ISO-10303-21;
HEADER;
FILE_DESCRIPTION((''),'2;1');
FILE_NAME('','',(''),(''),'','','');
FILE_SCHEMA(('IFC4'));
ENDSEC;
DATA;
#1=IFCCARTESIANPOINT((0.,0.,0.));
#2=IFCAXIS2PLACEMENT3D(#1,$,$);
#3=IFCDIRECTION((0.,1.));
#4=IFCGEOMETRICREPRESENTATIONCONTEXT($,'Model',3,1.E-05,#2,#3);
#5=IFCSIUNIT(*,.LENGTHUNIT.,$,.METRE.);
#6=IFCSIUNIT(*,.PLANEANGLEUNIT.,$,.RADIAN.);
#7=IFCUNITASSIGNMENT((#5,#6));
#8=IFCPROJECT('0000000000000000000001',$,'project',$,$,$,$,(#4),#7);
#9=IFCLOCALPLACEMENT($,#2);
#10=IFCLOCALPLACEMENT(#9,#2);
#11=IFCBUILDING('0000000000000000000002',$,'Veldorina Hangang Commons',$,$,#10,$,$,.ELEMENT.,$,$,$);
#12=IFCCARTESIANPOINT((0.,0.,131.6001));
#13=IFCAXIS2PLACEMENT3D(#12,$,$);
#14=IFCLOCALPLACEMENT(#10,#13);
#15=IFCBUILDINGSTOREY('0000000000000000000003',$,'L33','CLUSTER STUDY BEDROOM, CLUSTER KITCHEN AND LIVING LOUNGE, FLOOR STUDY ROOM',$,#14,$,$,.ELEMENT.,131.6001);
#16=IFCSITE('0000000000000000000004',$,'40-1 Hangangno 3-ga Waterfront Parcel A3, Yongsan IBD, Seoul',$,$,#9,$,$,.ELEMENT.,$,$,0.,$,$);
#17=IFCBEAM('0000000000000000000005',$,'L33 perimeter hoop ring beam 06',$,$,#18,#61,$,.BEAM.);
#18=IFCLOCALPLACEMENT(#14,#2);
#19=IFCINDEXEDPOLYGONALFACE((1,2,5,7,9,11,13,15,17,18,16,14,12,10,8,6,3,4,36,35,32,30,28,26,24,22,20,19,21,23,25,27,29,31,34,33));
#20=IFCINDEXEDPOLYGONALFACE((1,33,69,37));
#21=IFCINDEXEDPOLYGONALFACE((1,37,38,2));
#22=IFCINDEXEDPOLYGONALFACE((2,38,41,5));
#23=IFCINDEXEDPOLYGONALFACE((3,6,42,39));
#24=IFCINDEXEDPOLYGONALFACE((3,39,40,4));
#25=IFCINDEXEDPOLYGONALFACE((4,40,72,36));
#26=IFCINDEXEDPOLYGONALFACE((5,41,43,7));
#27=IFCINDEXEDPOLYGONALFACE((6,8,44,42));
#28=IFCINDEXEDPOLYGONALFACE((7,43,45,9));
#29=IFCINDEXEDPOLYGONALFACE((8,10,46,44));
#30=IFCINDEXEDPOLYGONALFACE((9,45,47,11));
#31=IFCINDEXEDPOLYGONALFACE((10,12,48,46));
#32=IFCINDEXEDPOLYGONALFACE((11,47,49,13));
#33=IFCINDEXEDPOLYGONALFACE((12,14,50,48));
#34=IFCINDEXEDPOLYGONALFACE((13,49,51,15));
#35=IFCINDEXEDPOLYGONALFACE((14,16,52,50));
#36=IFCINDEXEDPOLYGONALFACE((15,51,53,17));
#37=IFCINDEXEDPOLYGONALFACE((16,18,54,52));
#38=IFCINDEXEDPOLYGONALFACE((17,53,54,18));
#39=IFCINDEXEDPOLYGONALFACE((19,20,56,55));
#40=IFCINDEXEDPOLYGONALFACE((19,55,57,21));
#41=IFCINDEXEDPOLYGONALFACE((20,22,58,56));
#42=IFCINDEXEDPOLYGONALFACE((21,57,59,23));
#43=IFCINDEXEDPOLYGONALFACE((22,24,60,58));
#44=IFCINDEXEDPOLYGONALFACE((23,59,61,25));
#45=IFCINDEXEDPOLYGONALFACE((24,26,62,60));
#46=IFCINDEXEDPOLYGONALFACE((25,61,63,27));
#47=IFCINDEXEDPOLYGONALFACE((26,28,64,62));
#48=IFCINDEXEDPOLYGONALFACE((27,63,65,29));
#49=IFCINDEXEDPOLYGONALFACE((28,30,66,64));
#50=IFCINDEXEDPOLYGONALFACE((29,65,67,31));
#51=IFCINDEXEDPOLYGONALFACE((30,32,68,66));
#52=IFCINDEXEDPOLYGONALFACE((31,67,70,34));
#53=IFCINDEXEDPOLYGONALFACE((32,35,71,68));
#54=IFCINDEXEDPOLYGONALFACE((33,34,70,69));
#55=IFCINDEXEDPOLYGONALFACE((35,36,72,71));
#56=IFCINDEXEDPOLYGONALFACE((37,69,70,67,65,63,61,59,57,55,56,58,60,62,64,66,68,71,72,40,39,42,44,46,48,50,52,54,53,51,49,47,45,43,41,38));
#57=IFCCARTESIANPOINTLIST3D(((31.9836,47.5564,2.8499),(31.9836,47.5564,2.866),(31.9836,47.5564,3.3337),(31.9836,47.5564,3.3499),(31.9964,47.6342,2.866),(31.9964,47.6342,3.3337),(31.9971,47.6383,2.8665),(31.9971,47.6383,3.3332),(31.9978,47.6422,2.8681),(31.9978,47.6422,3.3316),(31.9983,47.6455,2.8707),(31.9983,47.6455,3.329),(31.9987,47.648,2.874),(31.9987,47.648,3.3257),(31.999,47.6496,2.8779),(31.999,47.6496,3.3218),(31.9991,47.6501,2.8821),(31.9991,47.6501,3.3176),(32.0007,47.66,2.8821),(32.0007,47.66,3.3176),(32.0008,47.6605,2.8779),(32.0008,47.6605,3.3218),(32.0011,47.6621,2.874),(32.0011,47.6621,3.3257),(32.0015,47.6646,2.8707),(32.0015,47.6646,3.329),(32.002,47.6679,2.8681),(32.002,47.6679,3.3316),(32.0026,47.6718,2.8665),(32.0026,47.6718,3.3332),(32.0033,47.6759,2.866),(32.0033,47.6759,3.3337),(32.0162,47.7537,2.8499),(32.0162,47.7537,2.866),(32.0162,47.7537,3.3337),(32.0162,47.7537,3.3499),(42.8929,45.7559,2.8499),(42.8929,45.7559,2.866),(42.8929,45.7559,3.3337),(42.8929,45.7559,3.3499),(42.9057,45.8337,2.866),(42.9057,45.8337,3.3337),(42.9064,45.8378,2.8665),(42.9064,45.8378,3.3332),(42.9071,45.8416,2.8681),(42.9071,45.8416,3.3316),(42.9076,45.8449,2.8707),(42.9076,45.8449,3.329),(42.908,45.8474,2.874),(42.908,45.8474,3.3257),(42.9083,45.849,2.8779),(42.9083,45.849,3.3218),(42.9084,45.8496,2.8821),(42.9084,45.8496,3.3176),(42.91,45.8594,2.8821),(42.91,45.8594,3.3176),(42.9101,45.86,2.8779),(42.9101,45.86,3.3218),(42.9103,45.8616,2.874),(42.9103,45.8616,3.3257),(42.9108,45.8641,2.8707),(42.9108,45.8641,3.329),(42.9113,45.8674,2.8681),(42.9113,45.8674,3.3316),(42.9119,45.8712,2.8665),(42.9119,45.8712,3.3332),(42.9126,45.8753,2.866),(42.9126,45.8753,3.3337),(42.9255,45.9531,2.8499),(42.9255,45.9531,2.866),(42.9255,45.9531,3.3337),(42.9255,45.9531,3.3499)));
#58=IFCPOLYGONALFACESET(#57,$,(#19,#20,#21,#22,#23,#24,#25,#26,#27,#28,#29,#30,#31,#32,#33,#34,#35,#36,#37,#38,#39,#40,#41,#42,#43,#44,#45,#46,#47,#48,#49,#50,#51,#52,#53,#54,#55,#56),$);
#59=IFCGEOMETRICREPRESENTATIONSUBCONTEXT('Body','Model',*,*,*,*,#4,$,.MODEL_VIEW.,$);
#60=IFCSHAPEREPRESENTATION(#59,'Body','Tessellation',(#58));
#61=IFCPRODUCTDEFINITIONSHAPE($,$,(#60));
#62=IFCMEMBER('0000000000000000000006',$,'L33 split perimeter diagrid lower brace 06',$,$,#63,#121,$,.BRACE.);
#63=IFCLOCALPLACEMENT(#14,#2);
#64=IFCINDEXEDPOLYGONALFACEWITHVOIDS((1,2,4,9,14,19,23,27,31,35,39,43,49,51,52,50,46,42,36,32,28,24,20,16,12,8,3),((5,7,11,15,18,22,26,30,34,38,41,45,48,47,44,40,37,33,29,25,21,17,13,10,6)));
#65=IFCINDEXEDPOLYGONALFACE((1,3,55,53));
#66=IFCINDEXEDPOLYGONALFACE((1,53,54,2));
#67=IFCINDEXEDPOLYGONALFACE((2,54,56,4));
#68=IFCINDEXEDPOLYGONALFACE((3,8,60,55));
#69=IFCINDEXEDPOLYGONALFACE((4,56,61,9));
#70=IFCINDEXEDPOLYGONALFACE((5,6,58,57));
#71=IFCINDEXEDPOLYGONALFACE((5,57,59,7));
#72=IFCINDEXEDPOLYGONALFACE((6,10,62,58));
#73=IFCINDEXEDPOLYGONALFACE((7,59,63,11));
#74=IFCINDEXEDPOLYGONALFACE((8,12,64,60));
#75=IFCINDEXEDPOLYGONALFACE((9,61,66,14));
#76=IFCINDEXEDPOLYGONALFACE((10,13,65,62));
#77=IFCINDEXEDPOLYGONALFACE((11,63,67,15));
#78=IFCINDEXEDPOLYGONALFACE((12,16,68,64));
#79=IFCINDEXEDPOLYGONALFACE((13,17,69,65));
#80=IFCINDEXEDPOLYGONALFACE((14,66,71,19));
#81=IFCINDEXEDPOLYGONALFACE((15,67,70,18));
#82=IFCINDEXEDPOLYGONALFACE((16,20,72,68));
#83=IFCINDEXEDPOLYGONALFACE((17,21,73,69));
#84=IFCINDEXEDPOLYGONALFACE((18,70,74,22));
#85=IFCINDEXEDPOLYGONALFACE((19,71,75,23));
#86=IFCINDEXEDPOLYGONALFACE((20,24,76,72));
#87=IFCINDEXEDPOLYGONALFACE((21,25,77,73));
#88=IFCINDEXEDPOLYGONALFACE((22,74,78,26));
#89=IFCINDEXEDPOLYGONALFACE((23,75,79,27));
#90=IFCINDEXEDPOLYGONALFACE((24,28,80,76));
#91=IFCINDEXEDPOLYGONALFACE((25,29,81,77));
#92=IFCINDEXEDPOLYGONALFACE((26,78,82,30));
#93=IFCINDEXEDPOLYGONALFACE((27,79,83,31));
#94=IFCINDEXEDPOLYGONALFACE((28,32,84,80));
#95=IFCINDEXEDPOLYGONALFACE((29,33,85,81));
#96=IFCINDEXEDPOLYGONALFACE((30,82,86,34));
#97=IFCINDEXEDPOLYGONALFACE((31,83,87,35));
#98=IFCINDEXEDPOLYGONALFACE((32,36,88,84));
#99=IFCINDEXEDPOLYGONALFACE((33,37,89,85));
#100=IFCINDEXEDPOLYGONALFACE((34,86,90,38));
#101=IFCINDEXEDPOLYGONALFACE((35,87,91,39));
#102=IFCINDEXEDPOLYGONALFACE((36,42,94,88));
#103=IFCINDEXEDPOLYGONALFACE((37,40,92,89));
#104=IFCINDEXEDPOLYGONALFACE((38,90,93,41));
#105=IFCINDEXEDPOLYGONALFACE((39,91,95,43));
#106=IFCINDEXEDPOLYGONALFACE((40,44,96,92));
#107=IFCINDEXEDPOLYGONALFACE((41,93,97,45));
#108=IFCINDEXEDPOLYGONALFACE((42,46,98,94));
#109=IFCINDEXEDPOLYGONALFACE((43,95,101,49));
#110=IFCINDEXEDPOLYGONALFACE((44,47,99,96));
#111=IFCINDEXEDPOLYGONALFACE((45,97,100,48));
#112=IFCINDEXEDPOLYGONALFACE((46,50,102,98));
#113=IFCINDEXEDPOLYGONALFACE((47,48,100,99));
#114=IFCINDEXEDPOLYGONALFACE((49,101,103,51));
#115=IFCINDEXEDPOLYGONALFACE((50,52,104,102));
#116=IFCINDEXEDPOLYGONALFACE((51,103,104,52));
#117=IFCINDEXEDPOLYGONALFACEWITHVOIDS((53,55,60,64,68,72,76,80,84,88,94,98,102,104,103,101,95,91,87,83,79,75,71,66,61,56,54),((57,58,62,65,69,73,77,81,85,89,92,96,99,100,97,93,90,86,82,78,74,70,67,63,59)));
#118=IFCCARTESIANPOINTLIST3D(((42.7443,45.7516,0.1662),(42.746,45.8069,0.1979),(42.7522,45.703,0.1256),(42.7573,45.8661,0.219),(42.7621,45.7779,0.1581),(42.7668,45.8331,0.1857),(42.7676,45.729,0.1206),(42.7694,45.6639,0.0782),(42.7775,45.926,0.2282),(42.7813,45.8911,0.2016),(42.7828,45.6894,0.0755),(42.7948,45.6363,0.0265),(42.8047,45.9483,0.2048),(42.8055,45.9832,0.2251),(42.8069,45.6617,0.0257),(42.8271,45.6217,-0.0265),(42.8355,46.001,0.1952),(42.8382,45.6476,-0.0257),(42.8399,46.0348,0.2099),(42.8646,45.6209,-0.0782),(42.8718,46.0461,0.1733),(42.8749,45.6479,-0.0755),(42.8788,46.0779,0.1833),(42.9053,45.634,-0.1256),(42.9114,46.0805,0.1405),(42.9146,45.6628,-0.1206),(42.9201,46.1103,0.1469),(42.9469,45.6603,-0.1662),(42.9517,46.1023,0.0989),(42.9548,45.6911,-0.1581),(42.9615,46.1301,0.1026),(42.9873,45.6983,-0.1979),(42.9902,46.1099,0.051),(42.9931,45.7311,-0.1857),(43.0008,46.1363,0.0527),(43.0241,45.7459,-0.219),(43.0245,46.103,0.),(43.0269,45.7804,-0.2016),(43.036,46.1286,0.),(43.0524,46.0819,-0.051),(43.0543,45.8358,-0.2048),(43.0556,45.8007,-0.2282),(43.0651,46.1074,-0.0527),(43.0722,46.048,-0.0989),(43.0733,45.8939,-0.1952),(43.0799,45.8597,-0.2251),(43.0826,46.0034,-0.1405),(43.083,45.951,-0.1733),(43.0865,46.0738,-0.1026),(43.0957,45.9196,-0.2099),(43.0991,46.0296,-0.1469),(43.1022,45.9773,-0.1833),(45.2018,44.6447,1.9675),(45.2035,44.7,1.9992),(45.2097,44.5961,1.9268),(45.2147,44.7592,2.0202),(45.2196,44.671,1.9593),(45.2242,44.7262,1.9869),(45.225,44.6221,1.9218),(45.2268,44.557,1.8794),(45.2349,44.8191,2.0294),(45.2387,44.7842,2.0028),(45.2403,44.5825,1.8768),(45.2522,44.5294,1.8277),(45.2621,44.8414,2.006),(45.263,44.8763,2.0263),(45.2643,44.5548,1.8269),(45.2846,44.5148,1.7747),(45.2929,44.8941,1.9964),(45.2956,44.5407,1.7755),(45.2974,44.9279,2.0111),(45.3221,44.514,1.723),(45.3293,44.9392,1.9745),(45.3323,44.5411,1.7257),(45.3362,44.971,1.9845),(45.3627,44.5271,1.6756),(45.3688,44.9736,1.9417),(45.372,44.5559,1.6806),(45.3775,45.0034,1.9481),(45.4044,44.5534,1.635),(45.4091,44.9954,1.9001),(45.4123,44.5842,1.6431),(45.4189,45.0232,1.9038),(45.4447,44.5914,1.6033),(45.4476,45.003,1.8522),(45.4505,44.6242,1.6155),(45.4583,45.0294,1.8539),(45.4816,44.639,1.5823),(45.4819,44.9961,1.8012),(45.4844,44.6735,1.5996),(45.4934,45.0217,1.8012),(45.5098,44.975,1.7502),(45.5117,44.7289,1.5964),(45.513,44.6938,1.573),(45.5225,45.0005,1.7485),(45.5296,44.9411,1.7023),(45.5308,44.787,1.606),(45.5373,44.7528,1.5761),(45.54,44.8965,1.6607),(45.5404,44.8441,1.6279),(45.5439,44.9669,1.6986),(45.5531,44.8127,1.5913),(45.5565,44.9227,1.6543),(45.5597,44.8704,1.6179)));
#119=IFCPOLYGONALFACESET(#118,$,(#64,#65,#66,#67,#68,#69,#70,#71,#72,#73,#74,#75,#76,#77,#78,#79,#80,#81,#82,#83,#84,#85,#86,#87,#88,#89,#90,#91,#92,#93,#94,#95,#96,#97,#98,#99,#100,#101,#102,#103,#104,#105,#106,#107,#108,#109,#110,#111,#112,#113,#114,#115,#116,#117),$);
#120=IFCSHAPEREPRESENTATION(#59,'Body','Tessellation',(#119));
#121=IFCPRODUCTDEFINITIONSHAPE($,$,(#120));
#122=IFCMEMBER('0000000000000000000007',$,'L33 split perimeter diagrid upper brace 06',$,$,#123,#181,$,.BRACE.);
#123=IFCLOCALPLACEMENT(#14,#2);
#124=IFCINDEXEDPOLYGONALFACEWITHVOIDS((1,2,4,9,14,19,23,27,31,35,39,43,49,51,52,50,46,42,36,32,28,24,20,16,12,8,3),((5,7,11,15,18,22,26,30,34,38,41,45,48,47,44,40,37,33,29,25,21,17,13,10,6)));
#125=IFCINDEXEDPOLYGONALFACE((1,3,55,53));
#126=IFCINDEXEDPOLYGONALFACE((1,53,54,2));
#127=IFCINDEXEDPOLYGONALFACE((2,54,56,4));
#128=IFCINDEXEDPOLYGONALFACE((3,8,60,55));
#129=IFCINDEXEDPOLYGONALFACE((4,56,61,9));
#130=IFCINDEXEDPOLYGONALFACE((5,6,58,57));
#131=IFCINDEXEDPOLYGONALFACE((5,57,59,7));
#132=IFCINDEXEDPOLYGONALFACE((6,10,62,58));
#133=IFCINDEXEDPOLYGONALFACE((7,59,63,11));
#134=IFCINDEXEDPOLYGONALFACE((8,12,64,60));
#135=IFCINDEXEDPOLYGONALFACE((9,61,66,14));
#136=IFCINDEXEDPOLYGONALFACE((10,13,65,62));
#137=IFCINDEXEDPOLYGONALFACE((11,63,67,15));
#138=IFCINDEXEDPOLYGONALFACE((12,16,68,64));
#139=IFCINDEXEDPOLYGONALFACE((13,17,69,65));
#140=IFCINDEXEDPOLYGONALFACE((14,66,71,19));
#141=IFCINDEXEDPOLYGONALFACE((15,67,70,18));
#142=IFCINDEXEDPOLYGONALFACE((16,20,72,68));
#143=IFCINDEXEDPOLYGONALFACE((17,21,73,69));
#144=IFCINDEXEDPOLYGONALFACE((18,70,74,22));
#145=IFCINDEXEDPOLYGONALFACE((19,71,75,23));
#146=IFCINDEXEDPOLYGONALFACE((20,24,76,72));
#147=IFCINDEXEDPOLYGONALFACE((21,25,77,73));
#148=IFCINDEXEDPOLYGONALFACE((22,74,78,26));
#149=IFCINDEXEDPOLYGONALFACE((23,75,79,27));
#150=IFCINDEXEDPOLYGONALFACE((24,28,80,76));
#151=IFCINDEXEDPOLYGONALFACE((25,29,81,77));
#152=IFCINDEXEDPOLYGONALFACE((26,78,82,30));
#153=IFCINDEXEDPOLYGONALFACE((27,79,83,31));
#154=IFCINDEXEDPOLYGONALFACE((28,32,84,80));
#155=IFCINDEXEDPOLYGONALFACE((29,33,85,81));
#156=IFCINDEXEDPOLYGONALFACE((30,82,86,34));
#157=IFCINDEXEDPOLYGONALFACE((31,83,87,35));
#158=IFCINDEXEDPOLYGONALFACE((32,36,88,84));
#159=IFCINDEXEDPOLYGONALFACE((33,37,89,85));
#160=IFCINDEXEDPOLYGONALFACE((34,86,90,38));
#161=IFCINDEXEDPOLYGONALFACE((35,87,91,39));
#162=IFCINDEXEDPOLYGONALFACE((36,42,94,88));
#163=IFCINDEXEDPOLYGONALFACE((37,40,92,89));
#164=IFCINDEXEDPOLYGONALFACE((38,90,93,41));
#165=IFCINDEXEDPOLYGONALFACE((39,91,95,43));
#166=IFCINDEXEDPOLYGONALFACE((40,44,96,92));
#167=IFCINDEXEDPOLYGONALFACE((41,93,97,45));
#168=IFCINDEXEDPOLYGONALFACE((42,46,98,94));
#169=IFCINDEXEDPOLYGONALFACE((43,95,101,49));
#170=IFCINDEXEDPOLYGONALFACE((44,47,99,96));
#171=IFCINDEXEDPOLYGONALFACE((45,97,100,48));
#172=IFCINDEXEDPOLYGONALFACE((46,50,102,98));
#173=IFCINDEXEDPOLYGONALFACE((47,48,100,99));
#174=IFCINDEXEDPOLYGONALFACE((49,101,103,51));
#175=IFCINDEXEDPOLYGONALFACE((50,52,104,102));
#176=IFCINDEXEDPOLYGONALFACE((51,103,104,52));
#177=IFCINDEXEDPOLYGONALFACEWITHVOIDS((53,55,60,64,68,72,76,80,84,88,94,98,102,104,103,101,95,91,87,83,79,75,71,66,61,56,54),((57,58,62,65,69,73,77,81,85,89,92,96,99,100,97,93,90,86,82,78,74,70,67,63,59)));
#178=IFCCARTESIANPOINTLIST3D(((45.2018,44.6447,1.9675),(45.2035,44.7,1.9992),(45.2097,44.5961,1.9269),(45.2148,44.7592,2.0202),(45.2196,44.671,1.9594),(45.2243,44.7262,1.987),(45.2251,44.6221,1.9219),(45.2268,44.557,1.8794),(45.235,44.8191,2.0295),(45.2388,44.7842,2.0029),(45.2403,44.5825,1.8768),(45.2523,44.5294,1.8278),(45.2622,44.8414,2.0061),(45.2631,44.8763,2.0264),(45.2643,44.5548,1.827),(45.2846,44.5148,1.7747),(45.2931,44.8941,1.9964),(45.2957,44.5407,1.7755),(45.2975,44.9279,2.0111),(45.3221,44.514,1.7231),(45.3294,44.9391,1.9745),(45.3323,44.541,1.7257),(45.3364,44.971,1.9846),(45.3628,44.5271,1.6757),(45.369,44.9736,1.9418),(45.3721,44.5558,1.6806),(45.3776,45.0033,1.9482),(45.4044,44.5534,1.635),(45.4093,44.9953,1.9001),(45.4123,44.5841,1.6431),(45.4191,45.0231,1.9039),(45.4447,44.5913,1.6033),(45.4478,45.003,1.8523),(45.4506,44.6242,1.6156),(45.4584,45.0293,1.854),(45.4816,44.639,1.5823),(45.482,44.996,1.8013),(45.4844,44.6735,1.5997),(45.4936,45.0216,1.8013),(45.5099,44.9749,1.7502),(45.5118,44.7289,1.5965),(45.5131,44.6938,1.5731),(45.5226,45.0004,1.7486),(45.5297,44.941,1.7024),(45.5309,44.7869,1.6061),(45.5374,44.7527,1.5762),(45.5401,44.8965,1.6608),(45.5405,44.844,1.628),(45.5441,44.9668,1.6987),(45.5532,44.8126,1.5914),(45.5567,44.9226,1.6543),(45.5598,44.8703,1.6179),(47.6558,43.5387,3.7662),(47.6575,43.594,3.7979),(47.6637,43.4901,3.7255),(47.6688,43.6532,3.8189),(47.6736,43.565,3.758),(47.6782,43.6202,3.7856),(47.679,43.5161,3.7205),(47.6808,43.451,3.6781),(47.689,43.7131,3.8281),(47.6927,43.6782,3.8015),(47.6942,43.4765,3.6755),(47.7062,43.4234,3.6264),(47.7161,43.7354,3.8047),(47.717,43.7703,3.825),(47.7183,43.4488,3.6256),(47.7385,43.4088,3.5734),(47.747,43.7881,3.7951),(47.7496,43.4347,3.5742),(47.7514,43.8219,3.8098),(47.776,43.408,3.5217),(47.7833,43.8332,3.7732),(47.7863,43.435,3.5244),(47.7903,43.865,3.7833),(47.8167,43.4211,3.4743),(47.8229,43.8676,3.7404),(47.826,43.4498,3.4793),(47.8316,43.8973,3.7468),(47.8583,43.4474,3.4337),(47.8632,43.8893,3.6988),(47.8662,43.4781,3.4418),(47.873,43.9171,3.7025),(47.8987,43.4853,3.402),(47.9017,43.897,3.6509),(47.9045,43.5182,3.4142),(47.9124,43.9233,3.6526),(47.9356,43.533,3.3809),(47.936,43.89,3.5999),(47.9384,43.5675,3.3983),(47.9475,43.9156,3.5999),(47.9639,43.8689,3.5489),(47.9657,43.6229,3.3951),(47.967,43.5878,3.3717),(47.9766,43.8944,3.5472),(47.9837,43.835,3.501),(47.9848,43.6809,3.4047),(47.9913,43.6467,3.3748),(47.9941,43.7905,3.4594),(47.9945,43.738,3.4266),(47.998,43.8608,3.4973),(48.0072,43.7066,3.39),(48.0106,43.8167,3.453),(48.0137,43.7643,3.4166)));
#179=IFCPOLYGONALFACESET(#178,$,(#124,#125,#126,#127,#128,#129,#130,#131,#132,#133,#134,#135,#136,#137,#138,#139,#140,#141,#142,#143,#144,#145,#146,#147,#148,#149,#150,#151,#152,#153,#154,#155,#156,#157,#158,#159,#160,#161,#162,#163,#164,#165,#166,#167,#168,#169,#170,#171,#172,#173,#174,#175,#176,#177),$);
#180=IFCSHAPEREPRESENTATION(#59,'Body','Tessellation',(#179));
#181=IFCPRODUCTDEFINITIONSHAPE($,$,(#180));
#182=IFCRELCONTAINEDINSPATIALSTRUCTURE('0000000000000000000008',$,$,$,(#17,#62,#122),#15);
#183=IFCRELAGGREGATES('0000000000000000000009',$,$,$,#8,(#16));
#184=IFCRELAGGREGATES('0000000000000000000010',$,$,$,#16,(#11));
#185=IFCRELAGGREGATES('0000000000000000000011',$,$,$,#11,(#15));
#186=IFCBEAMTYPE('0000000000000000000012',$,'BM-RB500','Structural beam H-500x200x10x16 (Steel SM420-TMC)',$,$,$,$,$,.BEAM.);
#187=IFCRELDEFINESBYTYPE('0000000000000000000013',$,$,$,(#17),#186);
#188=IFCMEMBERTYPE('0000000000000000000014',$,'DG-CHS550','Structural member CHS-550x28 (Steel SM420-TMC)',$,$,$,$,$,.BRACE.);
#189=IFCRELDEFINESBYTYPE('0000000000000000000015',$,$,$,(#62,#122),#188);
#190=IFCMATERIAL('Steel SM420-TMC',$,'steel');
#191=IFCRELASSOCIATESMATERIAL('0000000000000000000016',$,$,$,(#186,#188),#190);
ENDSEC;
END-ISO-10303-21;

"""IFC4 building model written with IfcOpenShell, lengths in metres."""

from ifc_helpers import new_model, si_unit, direction, frame, origin, origin_2d, place, context, subcontext, project, spatial, hollow_circle, i_section, extrude, material, material_profile, profile_set, type_object, element, save


model = new_model("IFC4")

# Units and contexts
model_context = context("Model", 3, precision=1e-05, world=origin(), true_north=direction((0.0, 1.0)))
body_context = subcontext(model_context, "Body", "Model", "MODEL_VIEW")
ifc_project = project(units=[si_unit("LENGTHUNIT", "METRE"), si_unit("PLANEANGLEUNIT", "RADIAN")], contexts=[model_context])

# Site, building, storey
site_placement = place(None, origin())
site = spatial("IfcSite", under=ifc_project, at=site_placement, Name="40-1 Hangangno 3-ga Waterfront Parcel A3, Yongsan IBD, Seoul", CompositionType="ELEMENT", RefElevation=0.0)
building_placement = place(site_placement, origin())
building = spatial("IfcBuilding", under=site, at=building_placement, Name="Veldorina Hangang Commons", CompositionType="ELEMENT")
storey_placement = place(building_placement, frame((0.0, 0.0, 131.6001)))
storey = spatial("IfcBuildingStorey", under=building, at=storey_placement, Name="L33", Description="CLUSTER STUDY BEDROOM, CLUSTER KITCHEN AND LIVING LOUNGE, FLOOR STUDY ROOM", CompositionType="ELEMENT", Elevation=131.6001)

# Beam
ifc_material_1 = material(Name="Steel SM420-TMC", Category="steel")
ifc_material_profile_1 = material_profile(ifc_material_1, i_section(OverallWidth=0.2, OverallDepth=0.5, WebThickness=0.01, FlangeThickness=0.0161, FilletRadius=0.0161, at=origin_2d()), Name="H-500x200x10x16")
ifc_profile_set_1 = profile_set([ifc_material_profile_1], Name="Steel SM420-TMC")
beam_type = type_object("IfcBeamType", Name="BM-RB500", Description="Structural beam H-500x200x10x16 (Steel SM420-TMC)", PredefinedType="BEAM", material=ifc_profile_set_1)
beam_placement = place(storey_placement, frame((42.9092, 45.8545, 3.0999), z_axis=(-0.986652, 0.162845, 0.0), x_axis=(-0.162845, -0.986652, 0.0)))
element("IfcBeam", 1, at=beam_placement, inside=storey, type_object=beam_type, Name="L33 perimeter hoop ring beam 06", PredefinedType="BEAM", context=body_context, shape_type="SweptSolid", body=[
    extrude(i_section(OverallWidth=0.2, OverallDepth=0.5, WebThickness=0.01, FlangeThickness=0.0161, FilletRadius=0.0161, at=origin_2d()), origin(), (0.0, 0.0, 1.0), 11.0569),
])

# Members
ifc_material_profile_2 = material_profile(ifc_material_1, hollow_circle(Radius=0.2749, WallThickness=0.0281, at=origin_2d()), Name="CHS-550x28")
ifc_profile_set_2 = profile_set([ifc_material_profile_2], Name="Steel SM420-TMC")
member_type = type_object("IfcMemberType", Name="DG-CHS550", Description="Structural member CHS-550x28 (Steel SM420-TMC)", PredefinedType="BRACE", material=ifc_profile_set_2)
member_1_placement = place(storey_placement, frame((42.9231, 45.8779, 0.0), z_axis=(0.758072, -0.341456, 0.555638), x_axis=(0.410689, 0.911776, 0.0)))
element("IfcMember", 2, at=member_1_placement, inside=storey, type_object=member_type, Name="L33 split perimeter diagrid lower brace 06", PredefinedType="BRACE", context=body_context, shape_type="SweptSolid", body=[
    extrude(hollow_circle(Radius=0.2749, WallThickness=0.0281, at=origin_2d()), origin(), (0.0, 0.0, 1.0), 3.2417),
])
member_2_placement = place(storey_placement, frame((45.3806, 44.771, 1.8013), z_axis=(0.758019, -0.34164, 0.555599), x_axis=(0.410896, 0.911682, 0.0)))
element("IfcMember", 3, at=member_2_placement, inside=storey, type_object=member_type, Name="L33 split perimeter diagrid upper brace 06", PredefinedType="BRACE", context=body_context, shape_type="SweptSolid", body=[
    extrude(hollow_circle(Radius=0.2749, WallThickness=0.0281, at=origin_2d()), origin(), (0.0, 0.0, 1.0), 3.2373),
])

save(model, "model.ifc")
